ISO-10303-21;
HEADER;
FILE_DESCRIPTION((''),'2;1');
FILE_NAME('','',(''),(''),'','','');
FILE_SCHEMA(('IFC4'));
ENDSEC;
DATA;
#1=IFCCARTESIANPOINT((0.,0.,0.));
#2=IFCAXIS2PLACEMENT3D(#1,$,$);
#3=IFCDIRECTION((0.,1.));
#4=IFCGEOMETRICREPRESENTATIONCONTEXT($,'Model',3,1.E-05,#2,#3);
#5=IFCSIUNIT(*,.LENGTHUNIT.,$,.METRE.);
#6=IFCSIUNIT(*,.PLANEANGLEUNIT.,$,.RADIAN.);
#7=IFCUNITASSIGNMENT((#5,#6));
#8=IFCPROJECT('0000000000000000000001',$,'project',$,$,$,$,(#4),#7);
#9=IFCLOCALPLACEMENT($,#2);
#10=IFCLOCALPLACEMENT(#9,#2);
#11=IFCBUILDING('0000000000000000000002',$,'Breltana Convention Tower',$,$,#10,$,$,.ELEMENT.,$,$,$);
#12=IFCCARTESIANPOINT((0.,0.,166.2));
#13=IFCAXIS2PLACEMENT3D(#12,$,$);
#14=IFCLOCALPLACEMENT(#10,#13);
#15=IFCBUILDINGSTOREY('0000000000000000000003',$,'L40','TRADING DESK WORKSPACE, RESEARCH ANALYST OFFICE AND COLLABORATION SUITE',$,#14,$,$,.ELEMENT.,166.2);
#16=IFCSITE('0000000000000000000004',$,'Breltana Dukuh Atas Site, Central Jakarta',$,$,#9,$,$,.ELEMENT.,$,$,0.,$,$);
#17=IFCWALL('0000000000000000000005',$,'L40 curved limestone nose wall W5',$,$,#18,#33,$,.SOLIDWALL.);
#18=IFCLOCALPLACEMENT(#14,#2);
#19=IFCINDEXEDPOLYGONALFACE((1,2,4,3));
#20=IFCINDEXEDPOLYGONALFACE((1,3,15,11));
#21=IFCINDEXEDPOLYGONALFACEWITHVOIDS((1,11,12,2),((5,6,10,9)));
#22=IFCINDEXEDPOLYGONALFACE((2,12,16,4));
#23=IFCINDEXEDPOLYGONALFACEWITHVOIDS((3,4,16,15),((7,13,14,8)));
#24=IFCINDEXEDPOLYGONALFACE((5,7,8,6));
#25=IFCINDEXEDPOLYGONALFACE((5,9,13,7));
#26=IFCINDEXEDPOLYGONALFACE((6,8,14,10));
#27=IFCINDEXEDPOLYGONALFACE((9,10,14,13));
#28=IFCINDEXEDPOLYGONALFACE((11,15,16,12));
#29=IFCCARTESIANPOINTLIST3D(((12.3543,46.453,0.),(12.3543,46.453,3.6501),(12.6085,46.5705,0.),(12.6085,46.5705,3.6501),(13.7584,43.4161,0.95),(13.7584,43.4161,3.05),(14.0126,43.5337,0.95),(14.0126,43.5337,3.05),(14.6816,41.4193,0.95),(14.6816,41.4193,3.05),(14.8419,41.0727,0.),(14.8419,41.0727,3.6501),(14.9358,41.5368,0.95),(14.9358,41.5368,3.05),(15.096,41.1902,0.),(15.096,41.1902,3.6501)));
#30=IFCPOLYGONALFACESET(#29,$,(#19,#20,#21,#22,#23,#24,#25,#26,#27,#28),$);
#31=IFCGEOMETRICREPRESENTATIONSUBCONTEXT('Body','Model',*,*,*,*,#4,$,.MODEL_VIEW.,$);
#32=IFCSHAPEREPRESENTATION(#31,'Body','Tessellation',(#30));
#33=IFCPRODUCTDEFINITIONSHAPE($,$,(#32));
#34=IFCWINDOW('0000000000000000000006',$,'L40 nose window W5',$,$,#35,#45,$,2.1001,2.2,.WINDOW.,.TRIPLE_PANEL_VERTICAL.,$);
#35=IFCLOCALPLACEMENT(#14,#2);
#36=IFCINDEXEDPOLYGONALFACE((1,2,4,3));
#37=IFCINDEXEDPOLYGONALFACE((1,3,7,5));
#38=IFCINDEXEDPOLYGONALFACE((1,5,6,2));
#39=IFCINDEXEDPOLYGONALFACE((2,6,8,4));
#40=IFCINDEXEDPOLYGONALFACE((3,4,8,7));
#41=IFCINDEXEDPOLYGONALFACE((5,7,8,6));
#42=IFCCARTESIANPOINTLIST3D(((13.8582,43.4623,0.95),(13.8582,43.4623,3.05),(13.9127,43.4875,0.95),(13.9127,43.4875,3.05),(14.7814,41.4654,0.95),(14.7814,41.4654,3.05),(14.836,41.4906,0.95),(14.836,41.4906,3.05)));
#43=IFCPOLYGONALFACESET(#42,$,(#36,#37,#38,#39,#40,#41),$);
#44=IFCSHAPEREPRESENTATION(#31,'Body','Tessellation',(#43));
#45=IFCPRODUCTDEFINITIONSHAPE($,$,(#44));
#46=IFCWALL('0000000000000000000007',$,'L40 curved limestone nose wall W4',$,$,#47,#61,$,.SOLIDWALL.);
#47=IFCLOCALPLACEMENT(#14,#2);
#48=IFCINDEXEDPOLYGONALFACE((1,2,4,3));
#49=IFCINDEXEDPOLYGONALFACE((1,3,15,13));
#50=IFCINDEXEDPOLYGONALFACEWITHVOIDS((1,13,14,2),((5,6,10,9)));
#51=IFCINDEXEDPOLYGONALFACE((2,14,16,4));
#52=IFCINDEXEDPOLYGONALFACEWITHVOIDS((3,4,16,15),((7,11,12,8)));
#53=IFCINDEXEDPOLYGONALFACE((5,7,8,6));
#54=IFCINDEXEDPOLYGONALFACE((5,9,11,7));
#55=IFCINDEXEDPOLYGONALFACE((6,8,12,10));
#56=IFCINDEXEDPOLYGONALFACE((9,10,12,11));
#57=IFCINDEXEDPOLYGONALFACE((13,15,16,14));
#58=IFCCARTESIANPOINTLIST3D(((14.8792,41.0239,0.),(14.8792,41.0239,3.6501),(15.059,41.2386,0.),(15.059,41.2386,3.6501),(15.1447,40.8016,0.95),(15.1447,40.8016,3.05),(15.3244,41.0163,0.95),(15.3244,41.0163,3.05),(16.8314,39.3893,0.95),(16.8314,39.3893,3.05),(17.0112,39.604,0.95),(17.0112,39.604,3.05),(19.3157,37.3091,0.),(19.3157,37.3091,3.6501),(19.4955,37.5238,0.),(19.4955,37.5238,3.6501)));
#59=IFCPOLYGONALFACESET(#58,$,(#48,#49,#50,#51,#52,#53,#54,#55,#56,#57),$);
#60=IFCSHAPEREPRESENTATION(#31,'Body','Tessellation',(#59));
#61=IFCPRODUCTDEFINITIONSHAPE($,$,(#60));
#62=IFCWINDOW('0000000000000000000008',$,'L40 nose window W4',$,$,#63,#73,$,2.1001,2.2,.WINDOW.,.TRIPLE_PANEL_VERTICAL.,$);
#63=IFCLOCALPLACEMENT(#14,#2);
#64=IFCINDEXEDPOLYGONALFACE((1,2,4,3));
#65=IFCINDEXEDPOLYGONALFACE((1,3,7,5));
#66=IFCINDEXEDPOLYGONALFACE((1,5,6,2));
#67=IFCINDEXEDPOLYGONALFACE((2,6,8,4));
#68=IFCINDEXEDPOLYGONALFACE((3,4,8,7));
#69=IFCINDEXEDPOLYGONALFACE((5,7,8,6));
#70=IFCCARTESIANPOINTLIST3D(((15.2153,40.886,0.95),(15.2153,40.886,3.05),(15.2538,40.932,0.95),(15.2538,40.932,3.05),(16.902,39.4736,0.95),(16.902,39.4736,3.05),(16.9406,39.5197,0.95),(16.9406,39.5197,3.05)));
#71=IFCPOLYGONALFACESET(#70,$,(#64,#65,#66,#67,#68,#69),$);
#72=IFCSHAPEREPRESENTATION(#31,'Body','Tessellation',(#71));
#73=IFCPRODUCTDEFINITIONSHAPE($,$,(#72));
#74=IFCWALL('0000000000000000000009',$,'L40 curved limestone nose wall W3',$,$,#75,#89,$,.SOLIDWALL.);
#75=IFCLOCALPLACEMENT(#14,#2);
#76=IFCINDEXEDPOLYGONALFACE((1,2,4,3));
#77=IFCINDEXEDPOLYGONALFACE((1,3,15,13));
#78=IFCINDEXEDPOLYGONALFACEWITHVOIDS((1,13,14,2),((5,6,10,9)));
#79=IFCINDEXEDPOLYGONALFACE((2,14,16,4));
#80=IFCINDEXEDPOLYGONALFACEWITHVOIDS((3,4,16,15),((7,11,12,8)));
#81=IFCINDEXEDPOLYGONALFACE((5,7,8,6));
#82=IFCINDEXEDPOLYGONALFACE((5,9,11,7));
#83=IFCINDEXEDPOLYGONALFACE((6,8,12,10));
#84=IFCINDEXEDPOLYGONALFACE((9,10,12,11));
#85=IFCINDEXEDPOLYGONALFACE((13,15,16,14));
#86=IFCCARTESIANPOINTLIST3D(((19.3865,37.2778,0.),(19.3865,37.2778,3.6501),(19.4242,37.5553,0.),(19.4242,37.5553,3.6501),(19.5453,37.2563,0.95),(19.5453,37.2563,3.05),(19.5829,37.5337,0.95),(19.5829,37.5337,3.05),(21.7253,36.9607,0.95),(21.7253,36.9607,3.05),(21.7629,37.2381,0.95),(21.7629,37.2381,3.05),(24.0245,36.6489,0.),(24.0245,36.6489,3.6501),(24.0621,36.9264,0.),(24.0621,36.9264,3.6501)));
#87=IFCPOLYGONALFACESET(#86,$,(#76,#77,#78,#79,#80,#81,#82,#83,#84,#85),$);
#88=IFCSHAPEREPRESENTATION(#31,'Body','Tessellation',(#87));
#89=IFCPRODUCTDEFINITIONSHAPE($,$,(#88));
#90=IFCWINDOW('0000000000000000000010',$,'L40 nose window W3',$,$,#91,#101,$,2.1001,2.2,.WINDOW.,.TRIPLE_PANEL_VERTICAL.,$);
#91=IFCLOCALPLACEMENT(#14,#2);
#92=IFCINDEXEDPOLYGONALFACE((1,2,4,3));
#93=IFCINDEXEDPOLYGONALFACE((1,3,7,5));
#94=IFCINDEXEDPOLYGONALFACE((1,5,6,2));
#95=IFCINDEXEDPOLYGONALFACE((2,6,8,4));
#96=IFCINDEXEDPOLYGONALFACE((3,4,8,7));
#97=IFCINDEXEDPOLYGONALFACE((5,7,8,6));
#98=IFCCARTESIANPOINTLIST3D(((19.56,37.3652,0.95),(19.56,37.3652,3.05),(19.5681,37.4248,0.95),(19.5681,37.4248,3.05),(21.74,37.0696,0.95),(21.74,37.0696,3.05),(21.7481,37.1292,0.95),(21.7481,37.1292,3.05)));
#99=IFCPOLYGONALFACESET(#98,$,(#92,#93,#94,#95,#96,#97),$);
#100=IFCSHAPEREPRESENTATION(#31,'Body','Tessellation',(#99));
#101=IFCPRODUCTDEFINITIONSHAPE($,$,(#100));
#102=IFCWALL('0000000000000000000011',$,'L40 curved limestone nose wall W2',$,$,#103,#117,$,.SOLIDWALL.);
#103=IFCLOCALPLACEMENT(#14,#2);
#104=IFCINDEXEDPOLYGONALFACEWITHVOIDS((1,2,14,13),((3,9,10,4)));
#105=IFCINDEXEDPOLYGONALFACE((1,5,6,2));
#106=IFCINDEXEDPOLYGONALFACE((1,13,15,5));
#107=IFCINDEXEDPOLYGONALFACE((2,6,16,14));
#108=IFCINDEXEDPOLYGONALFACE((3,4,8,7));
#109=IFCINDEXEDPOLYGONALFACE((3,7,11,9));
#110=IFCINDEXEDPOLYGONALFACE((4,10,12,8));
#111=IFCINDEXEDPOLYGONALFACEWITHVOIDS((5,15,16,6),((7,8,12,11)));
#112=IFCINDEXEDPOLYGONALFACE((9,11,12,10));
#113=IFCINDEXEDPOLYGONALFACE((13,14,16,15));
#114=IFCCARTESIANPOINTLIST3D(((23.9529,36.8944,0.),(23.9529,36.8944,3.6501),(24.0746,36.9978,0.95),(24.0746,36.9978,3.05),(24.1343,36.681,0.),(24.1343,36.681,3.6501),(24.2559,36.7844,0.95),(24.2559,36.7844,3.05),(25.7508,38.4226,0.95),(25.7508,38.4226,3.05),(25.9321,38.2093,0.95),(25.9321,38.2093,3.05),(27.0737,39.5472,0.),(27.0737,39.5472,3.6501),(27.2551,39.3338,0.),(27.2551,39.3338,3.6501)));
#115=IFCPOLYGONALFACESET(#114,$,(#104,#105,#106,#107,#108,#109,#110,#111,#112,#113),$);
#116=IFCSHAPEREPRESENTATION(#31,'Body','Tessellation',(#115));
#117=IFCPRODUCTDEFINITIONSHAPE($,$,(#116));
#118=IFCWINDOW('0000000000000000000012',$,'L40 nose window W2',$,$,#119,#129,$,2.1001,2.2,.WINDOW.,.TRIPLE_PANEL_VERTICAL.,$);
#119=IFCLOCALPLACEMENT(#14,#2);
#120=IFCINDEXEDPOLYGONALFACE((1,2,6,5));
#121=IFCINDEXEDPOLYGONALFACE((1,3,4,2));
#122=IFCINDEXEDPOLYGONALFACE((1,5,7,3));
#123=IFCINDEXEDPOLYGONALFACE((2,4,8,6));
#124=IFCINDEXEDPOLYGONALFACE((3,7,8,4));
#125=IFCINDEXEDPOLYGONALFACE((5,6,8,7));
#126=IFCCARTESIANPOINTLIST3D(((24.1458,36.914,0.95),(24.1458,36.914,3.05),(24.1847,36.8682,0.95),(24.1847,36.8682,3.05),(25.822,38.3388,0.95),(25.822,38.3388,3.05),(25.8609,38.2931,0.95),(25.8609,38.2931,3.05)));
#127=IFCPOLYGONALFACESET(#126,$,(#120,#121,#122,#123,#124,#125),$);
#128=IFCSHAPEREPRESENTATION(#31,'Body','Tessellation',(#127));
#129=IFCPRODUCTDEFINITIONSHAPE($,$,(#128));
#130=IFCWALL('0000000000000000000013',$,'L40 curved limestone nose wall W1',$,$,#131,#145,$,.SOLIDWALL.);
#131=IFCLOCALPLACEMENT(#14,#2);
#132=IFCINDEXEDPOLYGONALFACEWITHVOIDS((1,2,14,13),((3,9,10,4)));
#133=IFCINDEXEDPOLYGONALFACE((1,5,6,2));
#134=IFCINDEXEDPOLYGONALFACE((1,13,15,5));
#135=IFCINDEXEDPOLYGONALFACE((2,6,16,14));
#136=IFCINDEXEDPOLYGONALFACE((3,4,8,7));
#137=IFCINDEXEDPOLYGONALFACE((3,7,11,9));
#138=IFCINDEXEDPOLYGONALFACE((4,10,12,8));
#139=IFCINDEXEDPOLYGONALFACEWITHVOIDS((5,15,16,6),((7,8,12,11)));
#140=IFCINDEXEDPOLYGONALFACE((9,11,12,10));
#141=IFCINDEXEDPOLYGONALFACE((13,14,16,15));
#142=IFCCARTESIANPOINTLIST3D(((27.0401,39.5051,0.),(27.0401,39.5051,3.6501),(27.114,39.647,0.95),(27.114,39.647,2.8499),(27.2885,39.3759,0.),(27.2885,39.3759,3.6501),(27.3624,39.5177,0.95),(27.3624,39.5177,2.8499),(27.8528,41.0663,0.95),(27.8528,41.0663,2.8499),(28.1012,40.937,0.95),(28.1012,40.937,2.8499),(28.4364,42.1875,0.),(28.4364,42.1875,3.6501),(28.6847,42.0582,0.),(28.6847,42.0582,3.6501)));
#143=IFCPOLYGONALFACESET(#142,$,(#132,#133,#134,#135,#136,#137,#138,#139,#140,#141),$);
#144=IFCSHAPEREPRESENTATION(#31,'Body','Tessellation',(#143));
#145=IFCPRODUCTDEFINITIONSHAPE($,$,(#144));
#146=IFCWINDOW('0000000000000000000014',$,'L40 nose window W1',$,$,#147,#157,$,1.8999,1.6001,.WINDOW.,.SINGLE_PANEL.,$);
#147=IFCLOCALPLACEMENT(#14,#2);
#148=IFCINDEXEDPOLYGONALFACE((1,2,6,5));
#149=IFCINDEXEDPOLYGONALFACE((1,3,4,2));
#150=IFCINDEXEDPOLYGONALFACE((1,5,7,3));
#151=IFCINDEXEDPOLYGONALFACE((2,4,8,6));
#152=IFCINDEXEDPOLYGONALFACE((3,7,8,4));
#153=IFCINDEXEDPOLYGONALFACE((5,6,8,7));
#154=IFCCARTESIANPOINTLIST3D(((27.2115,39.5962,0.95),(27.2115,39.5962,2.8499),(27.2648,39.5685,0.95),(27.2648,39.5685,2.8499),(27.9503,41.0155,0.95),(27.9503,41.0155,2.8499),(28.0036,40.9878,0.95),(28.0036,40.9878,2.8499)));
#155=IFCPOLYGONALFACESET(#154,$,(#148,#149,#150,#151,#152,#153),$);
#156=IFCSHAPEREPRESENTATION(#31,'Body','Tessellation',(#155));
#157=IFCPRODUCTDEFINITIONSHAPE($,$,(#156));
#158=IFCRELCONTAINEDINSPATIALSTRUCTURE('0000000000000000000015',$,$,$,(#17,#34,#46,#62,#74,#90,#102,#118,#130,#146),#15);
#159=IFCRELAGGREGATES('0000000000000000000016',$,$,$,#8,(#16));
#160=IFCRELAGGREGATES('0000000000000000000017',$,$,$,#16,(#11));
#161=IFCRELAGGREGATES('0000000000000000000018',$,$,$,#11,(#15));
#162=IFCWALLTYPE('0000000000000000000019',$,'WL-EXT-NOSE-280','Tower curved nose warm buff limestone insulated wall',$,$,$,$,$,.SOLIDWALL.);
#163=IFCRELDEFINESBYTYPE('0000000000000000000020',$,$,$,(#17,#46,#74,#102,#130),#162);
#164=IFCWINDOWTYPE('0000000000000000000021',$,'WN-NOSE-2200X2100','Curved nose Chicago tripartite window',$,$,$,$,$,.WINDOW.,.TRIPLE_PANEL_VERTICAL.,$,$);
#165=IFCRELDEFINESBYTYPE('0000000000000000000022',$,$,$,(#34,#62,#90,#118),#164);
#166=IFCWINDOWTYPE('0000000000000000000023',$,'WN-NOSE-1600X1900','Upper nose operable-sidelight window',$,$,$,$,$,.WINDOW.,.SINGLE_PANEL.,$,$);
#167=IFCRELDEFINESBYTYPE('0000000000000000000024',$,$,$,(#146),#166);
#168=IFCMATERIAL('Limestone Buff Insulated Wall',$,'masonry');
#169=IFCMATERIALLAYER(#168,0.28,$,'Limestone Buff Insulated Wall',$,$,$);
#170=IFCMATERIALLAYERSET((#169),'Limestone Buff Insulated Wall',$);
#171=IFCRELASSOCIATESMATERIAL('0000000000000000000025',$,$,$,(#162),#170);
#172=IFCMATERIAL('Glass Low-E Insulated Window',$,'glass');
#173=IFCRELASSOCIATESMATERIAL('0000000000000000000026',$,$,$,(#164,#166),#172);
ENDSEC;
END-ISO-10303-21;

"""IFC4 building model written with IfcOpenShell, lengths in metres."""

from ifc_helpers import new_model, si_unit, direction, frame, frame_2d, origin, place, context, subcontext, project, spatial, rectangle, extrude, source, transform, mapped, material, layer, layer_set, type_object, type_shapes, element, fill, save


model = new_model("IFC4")

# Units and contexts
model_context = context("Model", 3, precision=1e-05, world=origin(), true_north=direction((0.0, 1.0)))
body_context = subcontext(model_context, "Body", "Model", "MODEL_VIEW")
ifc_project = project(units=[si_unit("LENGTHUNIT", "METRE"), si_unit("PLANEANGLEUNIT", "RADIAN")], contexts=[model_context])

# Site, building, storey
site_placement = place(None, origin())
site = spatial("IfcSite", under=ifc_project, at=site_placement, Name="Breltana Dukuh Atas Site, Central Jakarta", CompositionType="ELEMENT", RefElevation=0.0)
building_placement = place(site_placement, origin())
building = spatial("IfcBuilding", under=site, at=building_placement, Name="Breltana Convention Tower", CompositionType="ELEMENT")
storey_placement = place(building_placement, frame((0.0, 0.0, 166.2)))
storey = spatial("IfcBuildingStorey", under=building, at=storey_placement, Name="L40", Description="TRADING DESK WORKSPACE, RESEARCH ANALYST OFFICE AND COLLABORATION SUITE", CompositionType="ELEMENT", Elevation=166.2)

# Walls, openings, windows
ifc_material_1 = material(Name="Limestone Buff Insulated Wall", Category="masonry")
ifc_layer_1 = layer(ifc_material_1, 0.28, Name="Limestone Buff Insulated Wall")
ifc_layer_set_1 = layer_set([ifc_layer_1], Name="Limestone Buff Insulated Wall")
wall_type_1 = type_object("IfcWallType", Name="WL-EXT-NOSE-280", Description="Tower curved nose warm buff limestone insulated wall", PredefinedType="SOLIDWALL", material=ifc_layer_set_1)
shared_shape_1 = source(origin(), body_context, "Body", "SweptSolid", [
    extrude(rectangle(XDim=5.9275, YDim=0.28, at=frame_2d((2.9639, 0.0))), origin(), (0.0, 0.0, 1.0), 3.6501),
])
wall_1_placement = place(storey_placement, frame((14.969, 41.1313, 0.0), z_axis=(0.0, 0.0, 1.0), x_axis=(-0.419656, 0.907683, 0.0)))
wall_1 = element("IfcWall", 1, at=wall_1_placement, inside=storey, type_object=wall_type_1, Name="L40 curved limestone nose wall W5", PredefinedType="SOLIDWALL", context=body_context, shape_type="MappedRepresentation", body=[
    mapped(shared_shape_1, transform((0.0, 0.0, 0.0), scale=1.0)),
])
opening_1_placement = place(wall_1_placement, frame((0.3818, 0.0, 0.95)))
opening_1 = element("IfcOpeningElement", 2, at=opening_1_placement, cuts=wall_1, PredefinedType="OPENING", context=body_context, shape_type="SweptSolid", body=[
    extrude(rectangle(XDim=2.2, YDim=2.1001, at=frame_2d((1.1001, 1.05))), frame((0.0, 0.1499, 0.0), z_axis=(0.0, -1.0, 0.0), x_axis=(1.0, 0.0, 0.0)), (0.0, 0.0, 1.0), 0.3),
])
ifc_material_2 = material(Name="Glass Low-E Insulated Window", Category="glass")
window_type_1 = type_object("IfcWindowType", Name="WN-NOSE-2200X2100", Description="Curved nose Chicago tripartite window", PartitioningType="TRIPLE_PANEL_VERTICAL", PredefinedType="WINDOW", material=ifc_material_2)
shared_shape_2 = source(origin(), body_context, "Body", "SweptSolid", [
    extrude(rectangle(XDim=2.2, YDim=2.1001, at=frame_2d((1.1001, 1.05))), frame((0.0, 0.03, 0.0), z_axis=(0.0, -1.0, 0.0), x_axis=(1.0, 0.0, 0.0)), (0.0, 0.0, 1.0), 0.0601),
])
type_shapes(window_type_1, [shared_shape_2])
window_1_placement = place(opening_1_placement, origin())
window_1 = element("IfcWindow", 3, at=window_1_placement, inside=storey, type_object=window_type_1, Name="L40 nose window W5", OverallHeight=2.1001, OverallWidth=2.2, PartitioningType="TRIPLE_PANEL_VERTICAL", PredefinedType="WINDOW", context=body_context, shape_type="MappedRepresentation", body=[
    mapped(shared_shape_2, transform((0.0, 0.0, 0.0), scale=1.0)),
])
fill(opening_1, window_1)
shared_shape_3 = source(origin(), body_context, "Body", "SweptSolid", [
    extrude(rectangle(XDim=5.7864, YDim=0.28, at=frame_2d((2.8931, 0.0))), origin(), (0.0, 0.0, 1.0), 3.6501),
])
wall_2_placement = place(storey_placement, frame((19.4055, 37.4165, 0.0), z_axis=(0.0, 0.0, 1.0), x_axis=(-0.766711, 0.641992, 0.0)))
wall_2 = element("IfcWall", 4, at=wall_2_placement, inside=storey, type_object=wall_type_1, Name="L40 curved limestone nose wall W4", PredefinedType="SOLIDWALL", context=body_context, shape_type="MappedRepresentation", body=[
    mapped(shared_shape_3, transform((0.0, 0.0, 0.0), scale=1.0)),
])
opening_2_placement = place(wall_2_placement, frame((3.24, 0.0, 0.95)))
opening_2 = element("IfcOpeningElement", 5, at=opening_2_placement, cuts=wall_2, PredefinedType="OPENING", context=body_context, shape_type="SweptSolid", body=[
    extrude(rectangle(XDim=2.2, YDim=2.1001, at=frame_2d((1.1001, 1.05))), frame((0.0, 0.1499, 0.0), z_axis=(0.0, -1.0, 0.0), x_axis=(1.0, 0.0, 0.0)), (0.0, 0.0, 1.0), 0.3),
])
window_2_placement = place(opening_2_placement, origin())
window_2 = element("IfcWindow", 6, at=window_2_placement, inside=storey, type_object=window_type_1, Name="L40 nose window W4", OverallHeight=2.1001, OverallWidth=2.2, PartitioningType="TRIPLE_PANEL_VERTICAL", PredefinedType="WINDOW", context=body_context, shape_type="MappedRepresentation", body=[
    mapped(shared_shape_2, transform((0.0, 0.0, 0.0), scale=1.0)),
])
fill(opening_2, window_2)
shared_shape_4 = source(origin(), body_context, "Body", "SweptSolid", [
    extrude(rectangle(XDim=4.6804, YDim=0.28, at=frame_2d((2.3403, 0.0))), origin(), (0.0, 0.0, 1.0), 3.6501),
])
wall_3_placement = place(storey_placement, frame((24.0435, 36.7876, 0.0), z_axis=(0.0, 0.0, 1.0), x_axis=(-0.990931, 0.134371, 0.0)))
wall_3 = element("IfcWall", 7, at=wall_3_placement, inside=storey, type_object=wall_type_1, Name="L40 curved limestone nose wall W3", PredefinedType="SOLIDWALL", context=body_context, shape_type="MappedRepresentation", body=[
    mapped(shared_shape_4, transform((0.0, 0.0, 0.0), scale=1.0)),
])
opening_3_placement = place(wall_3_placement, frame((2.3203, 0.0, 0.95)))
opening_3 = element("IfcOpeningElement", 8, at=opening_3_placement, cuts=wall_3, PredefinedType="OPENING", context=body_context, shape_type="SweptSolid", body=[
    extrude(rectangle(XDim=2.2, YDim=2.1001, at=frame_2d((1.1001, 1.05))), frame((0.0, 0.1499, 0.0), z_axis=(0.0, -1.0, 0.0), x_axis=(1.0, 0.0, 0.0)), (0.0, 0.0, 1.0), 0.3),
])
window_3_placement = place(opening_3_placement, origin())
window_3 = element("IfcWindow", 9, at=window_3_placement, inside=storey, type_object=window_type_1, Name="L40 nose window W3", OverallHeight=2.1001, OverallWidth=2.2, PartitioningType="TRIPLE_PANEL_VERTICAL", PredefinedType="WINDOW", context=body_context, shape_type="MappedRepresentation", body=[
    mapped(shared_shape_2, transform((0.0, 0.0, 0.0), scale=1.0)),
])
fill(opening_3, window_3)
shared_shape_5 = source(origin(), body_context, "Body", "SweptSolid", [
    extrude(rectangle(XDim=4.0959, YDim=0.28, at=frame_2d((2.0479, 0.0))), origin(), (0.0, 0.0, 1.0), 3.6501),
])
wall_4_placement = place(storey_placement, frame((27.1643, 39.4404, 0.0), z_axis=(0.0, 0.0, 1.0), x_axis=(-0.761926, -0.647664, 0.0)))
wall_4 = element("IfcWall", 10, at=wall_4_placement, inside=storey, type_object=wall_type_1, Name="L40 curved limestone nose wall W2", PredefinedType="SOLIDWALL", context=body_context, shape_type="MappedRepresentation", body=[
    mapped(shared_shape_5, transform((0.0, 0.0, 0.0), scale=1.0)),
])
opening_4_placement = place(wall_4_placement, frame((1.7361, 0.0, 0.95)))
opening_4 = element("IfcOpeningElement", 11, at=opening_4_placement, cuts=wall_4, PredefinedType="OPENING", context=body_context, shape_type="SweptSolid", body=[
    extrude(rectangle(XDim=2.2, YDim=2.1001, at=frame_2d((1.1001, 1.05))), frame((0.0, 0.1499, 0.0), z_axis=(0.0, -1.0, 0.0), x_axis=(1.0, 0.0, 0.0)), (0.0, 0.0, 1.0), 0.3),
])
window_4_placement = place(opening_4_placement, origin())
window_4 = element("IfcWindow", 12, at=window_4_placement, inside=storey, type_object=window_type_1, Name="L40 nose window W2", OverallHeight=2.1001, OverallWidth=2.2, PartitioningType="TRIPLE_PANEL_VERTICAL", PredefinedType="WINDOW", context=body_context, shape_type="MappedRepresentation", body=[
    mapped(shared_shape_2, transform((0.0, 0.0, 0.0), scale=1.0)),
])
fill(opening_4, window_4)
shared_shape_6 = source(origin(), body_context, "Body", "SweptSolid", [
    extrude(rectangle(XDim=3.0239, YDim=0.28, at=frame_2d((1.512, 0.0))), origin(), (0.0, 0.0, 1.0), 3.6501),
])
wall_5_placement = place(storey_placement, frame((28.5605, 42.1228, 0.0), z_axis=(0.0, 0.0, 1.0), x_axis=(-0.461719, -0.887026, 0.0)))
wall_5 = element("IfcWall", 13, at=wall_5_placement, inside=storey, type_object=wall_type_1, Name="L40 curved limestone nose wall W1", PredefinedType="SOLIDWALL", context=body_context, shape_type="MappedRepresentation", body=[
    mapped(shared_shape_6, transform((0.0, 0.0, 0.0), scale=1.0)),
])
opening_5_placement = place(wall_5_placement, frame((1.2639, 0.0, 0.95)))
opening_5 = element("IfcOpeningElement", 14, at=opening_5_placement, cuts=wall_5, PredefinedType="OPENING", context=body_context, shape_type="SweptSolid", body=[
    extrude(rectangle(XDim=1.6001, YDim=1.8999, at=frame_2d((0.8, 0.95))), frame((0.0, 0.1499, 0.0), z_axis=(0.0, -1.0, 0.0), x_axis=(1.0, 0.0, 0.0)), (0.0, 0.0, 1.0), 0.3),
])
window_type_2 = type_object("IfcWindowType", Name="WN-NOSE-1600X1900", Description="Upper nose operable-sidelight window", PartitioningType="SINGLE_PANEL", PredefinedType="WINDOW", material=ifc_material_2)
shared_shape_7 = source(origin(), body_context, "Body", "SweptSolid", [
    extrude(rectangle(XDim=1.6001, YDim=1.8999, at=frame_2d((0.8, 0.95))), frame((0.0, 0.03, 0.0), z_axis=(0.0, -1.0, 0.0), x_axis=(1.0, 0.0, 0.0)), (0.0, 0.0, 1.0), 0.0601),
])
type_shapes(window_type_2, [shared_shape_7])
window_5_placement = place(opening_5_placement, origin())
window_5 = element("IfcWindow", 15, at=window_5_placement, inside=storey, type_object=window_type_2, Name="L40 nose window W1", OverallHeight=1.8999, OverallWidth=1.6001, PartitioningType="SINGLE_PANEL", PredefinedType="WINDOW", context=body_context, shape_type="MappedRepresentation", body=[
    mapped(shared_shape_7, transform((0.0, 0.0, 0.0), scale=1.0)),
])
fill(opening_5, window_5)

save(model, "model.ifc")
